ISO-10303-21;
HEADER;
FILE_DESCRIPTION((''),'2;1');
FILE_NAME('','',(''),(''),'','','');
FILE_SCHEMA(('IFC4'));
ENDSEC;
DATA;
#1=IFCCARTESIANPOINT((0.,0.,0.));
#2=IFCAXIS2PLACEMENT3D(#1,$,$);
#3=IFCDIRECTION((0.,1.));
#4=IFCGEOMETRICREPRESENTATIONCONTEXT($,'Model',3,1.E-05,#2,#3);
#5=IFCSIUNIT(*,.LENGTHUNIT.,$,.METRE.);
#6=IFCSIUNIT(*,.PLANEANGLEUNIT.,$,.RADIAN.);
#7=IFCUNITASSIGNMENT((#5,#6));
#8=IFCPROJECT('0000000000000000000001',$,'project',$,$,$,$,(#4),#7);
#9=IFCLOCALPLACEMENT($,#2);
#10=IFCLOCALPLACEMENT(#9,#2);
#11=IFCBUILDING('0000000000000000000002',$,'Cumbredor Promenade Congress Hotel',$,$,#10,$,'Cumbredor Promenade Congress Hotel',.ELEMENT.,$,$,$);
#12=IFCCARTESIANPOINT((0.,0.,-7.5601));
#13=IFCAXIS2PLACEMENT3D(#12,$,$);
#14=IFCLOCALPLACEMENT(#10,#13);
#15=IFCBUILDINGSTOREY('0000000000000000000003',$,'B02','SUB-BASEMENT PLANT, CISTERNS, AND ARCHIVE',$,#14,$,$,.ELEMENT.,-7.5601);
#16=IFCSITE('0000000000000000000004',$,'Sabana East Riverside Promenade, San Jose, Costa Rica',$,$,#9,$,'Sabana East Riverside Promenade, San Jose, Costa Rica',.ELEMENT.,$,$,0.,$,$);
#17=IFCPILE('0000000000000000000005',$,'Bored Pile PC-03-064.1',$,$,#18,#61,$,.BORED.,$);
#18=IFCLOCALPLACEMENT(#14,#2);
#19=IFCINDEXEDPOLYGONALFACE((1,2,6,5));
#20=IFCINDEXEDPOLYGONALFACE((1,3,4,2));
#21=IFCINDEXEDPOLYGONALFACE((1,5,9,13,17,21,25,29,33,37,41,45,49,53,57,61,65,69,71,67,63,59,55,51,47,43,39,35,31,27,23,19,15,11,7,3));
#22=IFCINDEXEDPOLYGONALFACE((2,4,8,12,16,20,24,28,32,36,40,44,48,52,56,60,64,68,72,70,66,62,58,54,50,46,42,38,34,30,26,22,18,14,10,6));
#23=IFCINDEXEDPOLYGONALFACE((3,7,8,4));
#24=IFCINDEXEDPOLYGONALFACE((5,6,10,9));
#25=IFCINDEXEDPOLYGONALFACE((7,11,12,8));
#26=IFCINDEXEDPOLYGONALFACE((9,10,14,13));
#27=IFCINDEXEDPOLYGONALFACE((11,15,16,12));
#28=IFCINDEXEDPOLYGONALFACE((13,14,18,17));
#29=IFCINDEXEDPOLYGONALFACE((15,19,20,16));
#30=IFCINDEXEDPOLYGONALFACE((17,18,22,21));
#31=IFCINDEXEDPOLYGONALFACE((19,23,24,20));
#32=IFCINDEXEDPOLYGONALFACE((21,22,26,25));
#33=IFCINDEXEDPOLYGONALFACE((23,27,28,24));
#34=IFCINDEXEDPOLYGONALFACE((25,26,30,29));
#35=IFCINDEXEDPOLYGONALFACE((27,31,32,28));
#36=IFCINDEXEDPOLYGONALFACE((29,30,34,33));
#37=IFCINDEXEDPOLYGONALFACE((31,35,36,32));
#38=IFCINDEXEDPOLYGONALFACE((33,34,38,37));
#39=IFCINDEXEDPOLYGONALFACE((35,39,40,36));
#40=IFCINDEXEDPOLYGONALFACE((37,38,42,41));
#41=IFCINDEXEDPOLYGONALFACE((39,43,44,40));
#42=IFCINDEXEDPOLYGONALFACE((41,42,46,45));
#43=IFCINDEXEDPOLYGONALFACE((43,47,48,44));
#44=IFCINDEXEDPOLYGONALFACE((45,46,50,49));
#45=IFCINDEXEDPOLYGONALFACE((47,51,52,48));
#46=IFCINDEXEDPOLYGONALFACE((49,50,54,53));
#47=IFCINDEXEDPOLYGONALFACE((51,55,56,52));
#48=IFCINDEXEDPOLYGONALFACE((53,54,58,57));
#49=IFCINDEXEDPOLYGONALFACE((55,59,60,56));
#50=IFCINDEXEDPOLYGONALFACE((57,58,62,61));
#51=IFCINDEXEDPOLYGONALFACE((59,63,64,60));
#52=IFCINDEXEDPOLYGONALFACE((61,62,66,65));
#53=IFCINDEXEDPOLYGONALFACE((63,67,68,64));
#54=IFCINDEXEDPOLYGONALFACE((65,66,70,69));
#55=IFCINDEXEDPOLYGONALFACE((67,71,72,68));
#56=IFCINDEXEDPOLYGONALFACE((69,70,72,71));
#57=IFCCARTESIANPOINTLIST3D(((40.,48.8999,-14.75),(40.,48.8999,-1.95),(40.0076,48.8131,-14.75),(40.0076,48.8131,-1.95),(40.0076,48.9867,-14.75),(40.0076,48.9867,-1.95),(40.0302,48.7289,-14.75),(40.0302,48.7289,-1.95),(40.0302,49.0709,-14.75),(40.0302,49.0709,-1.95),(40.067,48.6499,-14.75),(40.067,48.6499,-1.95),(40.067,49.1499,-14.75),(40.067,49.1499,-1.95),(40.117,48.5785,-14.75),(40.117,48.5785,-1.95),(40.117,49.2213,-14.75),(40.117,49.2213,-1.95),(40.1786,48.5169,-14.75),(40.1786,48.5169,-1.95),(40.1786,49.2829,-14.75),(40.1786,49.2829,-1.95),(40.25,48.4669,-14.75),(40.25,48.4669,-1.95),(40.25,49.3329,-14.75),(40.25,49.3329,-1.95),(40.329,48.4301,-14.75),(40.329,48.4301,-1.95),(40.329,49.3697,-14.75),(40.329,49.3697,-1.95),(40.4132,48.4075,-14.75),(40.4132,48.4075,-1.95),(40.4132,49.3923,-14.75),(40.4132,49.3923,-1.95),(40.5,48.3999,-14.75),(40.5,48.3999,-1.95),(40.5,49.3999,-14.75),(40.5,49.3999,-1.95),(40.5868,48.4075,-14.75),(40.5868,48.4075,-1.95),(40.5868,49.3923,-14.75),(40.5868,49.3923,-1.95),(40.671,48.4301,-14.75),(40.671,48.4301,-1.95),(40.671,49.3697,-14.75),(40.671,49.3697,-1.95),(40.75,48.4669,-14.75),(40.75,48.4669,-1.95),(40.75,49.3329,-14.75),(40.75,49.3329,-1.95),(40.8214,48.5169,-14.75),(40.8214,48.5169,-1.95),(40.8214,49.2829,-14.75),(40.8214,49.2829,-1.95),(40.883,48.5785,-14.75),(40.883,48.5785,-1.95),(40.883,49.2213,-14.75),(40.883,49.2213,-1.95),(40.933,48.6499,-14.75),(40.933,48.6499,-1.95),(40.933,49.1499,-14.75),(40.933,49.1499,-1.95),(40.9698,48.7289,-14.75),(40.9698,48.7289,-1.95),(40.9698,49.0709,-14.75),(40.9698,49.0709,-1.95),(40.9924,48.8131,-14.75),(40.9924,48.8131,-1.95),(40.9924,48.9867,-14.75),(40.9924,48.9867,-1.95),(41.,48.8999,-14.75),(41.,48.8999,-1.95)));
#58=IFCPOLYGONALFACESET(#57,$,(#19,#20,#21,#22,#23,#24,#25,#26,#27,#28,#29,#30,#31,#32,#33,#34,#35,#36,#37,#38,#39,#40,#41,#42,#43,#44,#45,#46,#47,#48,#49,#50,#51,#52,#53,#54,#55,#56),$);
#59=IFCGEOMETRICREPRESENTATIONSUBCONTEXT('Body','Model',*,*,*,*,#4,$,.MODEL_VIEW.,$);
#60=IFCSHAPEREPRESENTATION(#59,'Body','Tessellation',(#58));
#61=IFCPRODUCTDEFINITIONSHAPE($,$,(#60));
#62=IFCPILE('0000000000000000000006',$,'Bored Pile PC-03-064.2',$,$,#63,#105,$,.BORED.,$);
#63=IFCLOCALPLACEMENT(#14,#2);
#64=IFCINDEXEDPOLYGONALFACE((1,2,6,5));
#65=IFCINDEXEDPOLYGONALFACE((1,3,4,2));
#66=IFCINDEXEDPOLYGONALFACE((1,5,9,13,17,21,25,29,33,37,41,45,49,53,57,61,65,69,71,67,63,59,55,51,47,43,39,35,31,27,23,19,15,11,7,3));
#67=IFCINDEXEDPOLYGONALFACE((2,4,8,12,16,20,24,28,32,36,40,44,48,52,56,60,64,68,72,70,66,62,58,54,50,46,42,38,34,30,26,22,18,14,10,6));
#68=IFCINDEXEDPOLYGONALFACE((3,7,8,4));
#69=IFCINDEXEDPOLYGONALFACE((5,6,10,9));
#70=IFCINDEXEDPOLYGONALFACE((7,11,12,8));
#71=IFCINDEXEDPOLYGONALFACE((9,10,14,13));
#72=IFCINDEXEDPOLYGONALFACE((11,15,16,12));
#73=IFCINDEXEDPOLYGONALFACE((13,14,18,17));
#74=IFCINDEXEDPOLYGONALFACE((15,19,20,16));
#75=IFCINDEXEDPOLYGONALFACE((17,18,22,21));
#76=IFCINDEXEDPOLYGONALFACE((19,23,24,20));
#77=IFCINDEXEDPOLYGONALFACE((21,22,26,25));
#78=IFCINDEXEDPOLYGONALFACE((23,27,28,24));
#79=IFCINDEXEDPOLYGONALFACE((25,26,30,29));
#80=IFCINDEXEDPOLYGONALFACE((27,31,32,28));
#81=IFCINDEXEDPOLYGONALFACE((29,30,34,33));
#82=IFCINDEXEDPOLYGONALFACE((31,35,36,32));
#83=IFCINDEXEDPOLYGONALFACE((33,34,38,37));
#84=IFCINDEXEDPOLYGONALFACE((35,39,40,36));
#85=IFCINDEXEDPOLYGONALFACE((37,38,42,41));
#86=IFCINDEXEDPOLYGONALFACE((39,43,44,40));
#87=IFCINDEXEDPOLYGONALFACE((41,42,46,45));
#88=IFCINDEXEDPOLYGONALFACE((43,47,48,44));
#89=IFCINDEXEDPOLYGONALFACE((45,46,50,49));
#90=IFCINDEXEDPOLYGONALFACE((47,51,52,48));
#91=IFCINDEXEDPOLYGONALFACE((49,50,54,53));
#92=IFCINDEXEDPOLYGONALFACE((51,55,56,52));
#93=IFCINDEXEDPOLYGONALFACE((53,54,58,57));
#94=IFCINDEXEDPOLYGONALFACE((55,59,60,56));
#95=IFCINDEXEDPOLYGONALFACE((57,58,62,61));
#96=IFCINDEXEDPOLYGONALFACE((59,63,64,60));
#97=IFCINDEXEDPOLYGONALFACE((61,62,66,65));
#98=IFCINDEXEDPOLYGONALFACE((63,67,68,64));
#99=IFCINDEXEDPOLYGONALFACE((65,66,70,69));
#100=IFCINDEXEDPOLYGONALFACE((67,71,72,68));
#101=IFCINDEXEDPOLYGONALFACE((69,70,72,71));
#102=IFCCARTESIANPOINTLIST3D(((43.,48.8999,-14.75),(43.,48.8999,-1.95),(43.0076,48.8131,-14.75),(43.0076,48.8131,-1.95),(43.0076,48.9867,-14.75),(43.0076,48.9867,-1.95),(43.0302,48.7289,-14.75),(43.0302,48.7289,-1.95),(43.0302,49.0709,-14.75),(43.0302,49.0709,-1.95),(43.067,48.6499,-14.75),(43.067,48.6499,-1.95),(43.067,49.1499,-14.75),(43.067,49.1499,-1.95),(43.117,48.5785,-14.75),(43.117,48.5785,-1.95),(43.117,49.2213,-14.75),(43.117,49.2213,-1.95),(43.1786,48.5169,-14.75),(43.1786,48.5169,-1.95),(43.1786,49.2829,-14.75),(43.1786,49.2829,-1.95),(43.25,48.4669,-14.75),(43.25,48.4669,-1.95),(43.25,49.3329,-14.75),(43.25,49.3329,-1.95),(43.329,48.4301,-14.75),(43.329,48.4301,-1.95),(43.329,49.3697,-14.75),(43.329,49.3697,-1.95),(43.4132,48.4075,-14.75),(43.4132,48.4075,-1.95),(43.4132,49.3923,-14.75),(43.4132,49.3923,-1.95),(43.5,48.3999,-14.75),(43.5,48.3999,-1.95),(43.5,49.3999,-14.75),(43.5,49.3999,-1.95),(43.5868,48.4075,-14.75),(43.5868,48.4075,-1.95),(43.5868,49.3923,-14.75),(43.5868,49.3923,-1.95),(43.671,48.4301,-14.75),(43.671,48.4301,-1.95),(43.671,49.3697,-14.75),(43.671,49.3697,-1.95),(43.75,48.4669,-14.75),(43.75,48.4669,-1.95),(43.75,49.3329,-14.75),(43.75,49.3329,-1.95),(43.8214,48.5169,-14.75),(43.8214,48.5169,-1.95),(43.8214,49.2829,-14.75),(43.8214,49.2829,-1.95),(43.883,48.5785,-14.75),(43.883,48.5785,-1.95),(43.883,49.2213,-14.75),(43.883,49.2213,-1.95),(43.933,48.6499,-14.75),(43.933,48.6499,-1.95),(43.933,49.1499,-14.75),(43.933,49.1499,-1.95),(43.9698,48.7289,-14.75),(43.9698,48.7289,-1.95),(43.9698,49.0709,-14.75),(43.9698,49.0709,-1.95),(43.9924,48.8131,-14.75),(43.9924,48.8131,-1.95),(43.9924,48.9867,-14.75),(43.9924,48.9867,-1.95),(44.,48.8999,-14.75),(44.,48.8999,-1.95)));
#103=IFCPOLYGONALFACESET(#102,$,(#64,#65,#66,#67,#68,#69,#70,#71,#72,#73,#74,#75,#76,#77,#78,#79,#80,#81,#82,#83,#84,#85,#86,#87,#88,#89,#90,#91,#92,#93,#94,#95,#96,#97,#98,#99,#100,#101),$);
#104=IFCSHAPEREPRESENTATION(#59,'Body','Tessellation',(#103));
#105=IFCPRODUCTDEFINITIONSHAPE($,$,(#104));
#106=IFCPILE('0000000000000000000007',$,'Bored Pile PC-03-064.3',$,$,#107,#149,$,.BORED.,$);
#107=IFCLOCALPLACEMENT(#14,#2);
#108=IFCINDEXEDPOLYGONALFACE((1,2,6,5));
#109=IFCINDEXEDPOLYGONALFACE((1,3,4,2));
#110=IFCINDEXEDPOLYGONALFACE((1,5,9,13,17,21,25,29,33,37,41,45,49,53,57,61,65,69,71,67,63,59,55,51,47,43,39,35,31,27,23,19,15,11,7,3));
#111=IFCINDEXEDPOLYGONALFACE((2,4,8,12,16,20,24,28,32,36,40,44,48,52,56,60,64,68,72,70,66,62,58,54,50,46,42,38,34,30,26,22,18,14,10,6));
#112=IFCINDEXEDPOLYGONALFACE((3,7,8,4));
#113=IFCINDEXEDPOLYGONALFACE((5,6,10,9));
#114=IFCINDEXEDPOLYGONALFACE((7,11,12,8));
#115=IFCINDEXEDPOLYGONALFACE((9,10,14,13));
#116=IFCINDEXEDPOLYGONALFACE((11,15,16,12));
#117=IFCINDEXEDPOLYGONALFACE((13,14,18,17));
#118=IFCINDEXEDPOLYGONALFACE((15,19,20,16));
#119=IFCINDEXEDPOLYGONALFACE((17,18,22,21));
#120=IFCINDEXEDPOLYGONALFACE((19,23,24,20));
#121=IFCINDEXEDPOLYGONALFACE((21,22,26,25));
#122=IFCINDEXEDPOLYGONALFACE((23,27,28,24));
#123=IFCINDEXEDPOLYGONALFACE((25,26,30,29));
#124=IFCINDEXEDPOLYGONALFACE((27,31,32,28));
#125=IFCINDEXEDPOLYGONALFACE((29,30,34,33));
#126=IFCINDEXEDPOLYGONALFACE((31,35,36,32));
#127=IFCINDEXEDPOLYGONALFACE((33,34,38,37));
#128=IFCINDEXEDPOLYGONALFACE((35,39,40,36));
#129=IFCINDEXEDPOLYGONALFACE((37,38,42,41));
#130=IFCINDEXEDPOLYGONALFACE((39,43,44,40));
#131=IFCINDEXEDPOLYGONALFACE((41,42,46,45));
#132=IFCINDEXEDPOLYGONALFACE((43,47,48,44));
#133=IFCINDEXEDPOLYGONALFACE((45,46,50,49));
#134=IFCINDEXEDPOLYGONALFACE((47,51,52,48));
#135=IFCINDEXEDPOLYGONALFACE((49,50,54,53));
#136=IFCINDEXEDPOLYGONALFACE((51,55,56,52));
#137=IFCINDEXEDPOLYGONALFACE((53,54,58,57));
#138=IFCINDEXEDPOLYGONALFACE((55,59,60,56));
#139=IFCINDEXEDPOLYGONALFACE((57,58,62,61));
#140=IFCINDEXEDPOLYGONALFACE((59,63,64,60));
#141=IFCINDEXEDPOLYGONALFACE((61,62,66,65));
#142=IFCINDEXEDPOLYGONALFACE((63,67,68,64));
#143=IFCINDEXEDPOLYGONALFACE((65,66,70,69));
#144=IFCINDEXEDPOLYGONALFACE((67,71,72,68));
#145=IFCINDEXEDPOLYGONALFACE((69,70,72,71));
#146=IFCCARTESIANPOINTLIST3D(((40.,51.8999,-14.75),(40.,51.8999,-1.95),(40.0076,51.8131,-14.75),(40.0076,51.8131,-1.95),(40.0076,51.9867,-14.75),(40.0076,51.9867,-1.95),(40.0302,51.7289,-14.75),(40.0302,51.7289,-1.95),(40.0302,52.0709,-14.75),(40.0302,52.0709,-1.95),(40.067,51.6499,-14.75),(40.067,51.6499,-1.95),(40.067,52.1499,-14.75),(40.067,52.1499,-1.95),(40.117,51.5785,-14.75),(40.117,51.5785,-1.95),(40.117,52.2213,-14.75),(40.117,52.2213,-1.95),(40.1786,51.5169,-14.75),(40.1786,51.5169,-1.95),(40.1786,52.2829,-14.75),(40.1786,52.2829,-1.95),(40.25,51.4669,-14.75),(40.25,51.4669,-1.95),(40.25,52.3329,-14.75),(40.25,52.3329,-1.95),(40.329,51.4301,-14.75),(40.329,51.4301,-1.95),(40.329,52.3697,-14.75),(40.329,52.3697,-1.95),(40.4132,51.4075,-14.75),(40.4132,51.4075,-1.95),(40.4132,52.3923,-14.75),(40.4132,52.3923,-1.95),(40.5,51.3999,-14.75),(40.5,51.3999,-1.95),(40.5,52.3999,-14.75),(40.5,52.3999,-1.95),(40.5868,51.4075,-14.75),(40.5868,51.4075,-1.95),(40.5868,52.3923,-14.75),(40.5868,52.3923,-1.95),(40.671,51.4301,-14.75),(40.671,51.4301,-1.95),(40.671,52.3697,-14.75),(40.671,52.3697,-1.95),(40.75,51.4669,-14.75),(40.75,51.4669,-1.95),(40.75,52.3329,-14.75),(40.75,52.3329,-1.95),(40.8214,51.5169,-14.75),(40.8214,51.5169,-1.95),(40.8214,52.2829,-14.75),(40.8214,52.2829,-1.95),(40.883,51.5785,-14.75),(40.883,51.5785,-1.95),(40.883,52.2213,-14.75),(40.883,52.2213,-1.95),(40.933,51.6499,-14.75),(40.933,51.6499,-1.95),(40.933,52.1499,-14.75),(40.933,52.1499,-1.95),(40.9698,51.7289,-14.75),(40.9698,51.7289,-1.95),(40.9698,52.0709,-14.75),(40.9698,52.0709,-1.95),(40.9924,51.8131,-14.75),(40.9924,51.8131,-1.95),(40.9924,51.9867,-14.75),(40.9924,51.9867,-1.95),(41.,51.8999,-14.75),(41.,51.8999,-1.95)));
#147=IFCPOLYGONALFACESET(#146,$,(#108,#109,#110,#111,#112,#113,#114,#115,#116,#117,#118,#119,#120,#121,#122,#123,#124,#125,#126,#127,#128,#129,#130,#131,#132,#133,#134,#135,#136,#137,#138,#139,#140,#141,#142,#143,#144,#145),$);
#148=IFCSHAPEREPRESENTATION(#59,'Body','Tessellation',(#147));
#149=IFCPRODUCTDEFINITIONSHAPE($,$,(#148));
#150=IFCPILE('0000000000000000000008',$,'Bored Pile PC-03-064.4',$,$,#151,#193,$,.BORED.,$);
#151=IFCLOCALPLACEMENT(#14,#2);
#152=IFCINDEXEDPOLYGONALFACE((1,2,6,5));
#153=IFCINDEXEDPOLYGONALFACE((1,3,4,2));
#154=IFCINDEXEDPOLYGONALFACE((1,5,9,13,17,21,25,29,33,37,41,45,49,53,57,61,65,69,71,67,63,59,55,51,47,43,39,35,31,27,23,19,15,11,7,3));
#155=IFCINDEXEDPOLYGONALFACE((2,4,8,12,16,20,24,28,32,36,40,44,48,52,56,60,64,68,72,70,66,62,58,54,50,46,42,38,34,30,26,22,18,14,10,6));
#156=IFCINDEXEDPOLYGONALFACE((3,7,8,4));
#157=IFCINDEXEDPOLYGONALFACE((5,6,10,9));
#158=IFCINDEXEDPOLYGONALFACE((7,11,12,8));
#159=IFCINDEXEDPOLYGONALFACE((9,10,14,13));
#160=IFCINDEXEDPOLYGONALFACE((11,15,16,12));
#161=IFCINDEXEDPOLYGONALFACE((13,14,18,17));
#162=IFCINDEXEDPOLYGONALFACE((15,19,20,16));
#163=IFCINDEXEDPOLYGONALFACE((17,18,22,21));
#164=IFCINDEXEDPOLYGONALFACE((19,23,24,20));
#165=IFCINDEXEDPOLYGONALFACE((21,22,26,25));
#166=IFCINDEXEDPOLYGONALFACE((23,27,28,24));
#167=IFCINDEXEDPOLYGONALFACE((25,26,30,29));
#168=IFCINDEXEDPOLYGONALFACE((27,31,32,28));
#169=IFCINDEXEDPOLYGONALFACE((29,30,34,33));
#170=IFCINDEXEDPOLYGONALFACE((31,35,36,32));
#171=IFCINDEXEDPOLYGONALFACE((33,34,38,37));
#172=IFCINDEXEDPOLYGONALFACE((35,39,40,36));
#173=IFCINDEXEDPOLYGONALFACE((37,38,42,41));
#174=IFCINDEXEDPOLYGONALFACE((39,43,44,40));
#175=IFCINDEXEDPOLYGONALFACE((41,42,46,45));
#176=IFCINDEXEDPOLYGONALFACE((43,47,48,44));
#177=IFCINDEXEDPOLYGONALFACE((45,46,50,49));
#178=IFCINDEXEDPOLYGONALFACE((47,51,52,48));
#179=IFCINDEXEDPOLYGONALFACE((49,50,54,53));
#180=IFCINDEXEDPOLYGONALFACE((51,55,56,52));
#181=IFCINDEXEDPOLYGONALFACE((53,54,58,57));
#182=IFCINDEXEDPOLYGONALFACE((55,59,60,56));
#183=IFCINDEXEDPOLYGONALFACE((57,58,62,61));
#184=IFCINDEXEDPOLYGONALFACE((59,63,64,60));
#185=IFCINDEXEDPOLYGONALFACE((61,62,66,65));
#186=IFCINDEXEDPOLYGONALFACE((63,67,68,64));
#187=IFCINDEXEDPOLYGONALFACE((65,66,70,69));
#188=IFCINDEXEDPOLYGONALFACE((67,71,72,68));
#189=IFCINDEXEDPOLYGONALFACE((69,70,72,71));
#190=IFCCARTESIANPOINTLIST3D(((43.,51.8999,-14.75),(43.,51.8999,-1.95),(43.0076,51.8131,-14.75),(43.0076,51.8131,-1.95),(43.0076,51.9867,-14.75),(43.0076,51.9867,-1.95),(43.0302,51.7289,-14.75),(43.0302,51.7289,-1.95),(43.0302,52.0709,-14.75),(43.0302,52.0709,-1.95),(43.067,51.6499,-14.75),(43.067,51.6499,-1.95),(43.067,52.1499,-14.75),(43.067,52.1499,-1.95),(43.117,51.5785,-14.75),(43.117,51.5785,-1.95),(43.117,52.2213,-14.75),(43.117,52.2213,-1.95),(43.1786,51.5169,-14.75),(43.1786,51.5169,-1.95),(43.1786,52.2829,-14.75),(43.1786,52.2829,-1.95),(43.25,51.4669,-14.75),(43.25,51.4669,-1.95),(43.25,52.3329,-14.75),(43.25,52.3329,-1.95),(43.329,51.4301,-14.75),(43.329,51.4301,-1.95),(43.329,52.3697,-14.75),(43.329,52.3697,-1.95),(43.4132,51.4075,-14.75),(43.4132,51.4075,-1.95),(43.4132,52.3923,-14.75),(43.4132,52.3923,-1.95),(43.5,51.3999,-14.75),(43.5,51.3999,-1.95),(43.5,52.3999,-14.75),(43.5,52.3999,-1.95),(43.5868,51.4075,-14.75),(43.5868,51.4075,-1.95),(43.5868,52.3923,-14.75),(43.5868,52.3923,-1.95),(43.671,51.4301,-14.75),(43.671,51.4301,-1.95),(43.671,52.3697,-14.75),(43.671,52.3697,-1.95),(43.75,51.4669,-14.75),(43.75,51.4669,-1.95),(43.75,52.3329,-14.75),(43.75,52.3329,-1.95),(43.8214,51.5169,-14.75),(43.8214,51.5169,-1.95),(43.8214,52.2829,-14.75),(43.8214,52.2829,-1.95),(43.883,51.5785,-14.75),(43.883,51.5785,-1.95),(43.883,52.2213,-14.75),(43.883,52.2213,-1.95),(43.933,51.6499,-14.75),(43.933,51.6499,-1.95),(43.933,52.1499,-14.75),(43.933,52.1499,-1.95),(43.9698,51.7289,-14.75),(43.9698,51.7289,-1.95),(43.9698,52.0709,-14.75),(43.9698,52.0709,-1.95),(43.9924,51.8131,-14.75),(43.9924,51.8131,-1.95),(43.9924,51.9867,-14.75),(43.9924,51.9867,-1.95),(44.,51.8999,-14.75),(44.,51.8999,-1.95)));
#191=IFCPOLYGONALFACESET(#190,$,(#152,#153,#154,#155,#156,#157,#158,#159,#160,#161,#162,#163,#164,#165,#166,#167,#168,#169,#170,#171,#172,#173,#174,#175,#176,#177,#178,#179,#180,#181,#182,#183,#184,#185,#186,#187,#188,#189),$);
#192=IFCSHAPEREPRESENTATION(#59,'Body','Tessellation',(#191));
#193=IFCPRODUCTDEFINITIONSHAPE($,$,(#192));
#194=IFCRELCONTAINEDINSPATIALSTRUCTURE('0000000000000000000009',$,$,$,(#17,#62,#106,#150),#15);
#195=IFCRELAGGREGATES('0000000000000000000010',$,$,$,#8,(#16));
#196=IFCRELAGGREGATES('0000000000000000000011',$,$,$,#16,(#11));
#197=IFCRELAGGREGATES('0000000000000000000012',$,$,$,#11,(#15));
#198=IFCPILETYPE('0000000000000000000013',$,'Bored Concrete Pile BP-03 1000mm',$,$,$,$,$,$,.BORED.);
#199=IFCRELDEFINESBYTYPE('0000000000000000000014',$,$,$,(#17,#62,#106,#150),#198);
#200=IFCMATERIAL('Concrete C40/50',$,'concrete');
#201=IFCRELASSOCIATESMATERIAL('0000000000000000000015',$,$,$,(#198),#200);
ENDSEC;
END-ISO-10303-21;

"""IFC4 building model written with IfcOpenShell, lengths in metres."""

from ifc_helpers import new_model, si_unit, direction, frame, origin, origin_2d, place, context, subcontext, project, spatial, circle, extrude, material, material_profile, profile_set, type_object, element, save


model = new_model("IFC4")

# Units and contexts
model_context = context("Model", 3, precision=1e-05, world=origin(), true_north=direction((0.0, 1.0)))
body_context = subcontext(model_context, "Body", "Model", "MODEL_VIEW")
ifc_project = project(units=[si_unit("LENGTHUNIT", "METRE"), si_unit("PLANEANGLEUNIT", "RADIAN")], contexts=[model_context])

# Site, building, storey
site_placement = place(None, origin())
site = spatial("IfcSite", under=ifc_project, at=site_placement, Name="Sabana East Riverside Promenade, San Jose, Costa Rica", LongName="Sabana East Riverside Promenade, San Jose, Costa Rica", CompositionType="ELEMENT", RefElevation=0.0)
building_placement = place(site_placement, origin())
building = spatial("IfcBuilding", under=site, at=building_placement, Name="Cumbredor Promenade Congress Hotel", LongName="Cumbredor Promenade Congress Hotel", CompositionType="ELEMENT")
storey_placement = place(building_placement, frame((0.0, 0.0, -7.5601)))
storey = spatial("IfcBuildingStorey", under=building, at=storey_placement, Name="B02", Description="SUB-BASEMENT PLANT, CISTERNS, AND ARCHIVE", CompositionType="ELEMENT", Elevation=-7.5601)

# Piles
ifc_material_1 = material(Name="Concrete C40/50", Category="concrete")
ifc_material_profile_1 = material_profile(ifc_material_1, circle(Radius=0.5, at=origin_2d()), Name="PILE D1000")
ifc_profile_set_1 = profile_set([ifc_material_profile_1], Name="Concrete C40/50")
pile_type = type_object("IfcPileType", Name="Bored Concrete Pile BP-03 1000mm", PredefinedType="BORED", material=ifc_profile_set_1)
for number, where, z_axis, x_axis, name in (
    (1, (40.5, 48.8999, -1.95), (0.0, 0.0, -1.0), (1.0, 0.0, 0.0), "Bored Pile PC-03-064.1"),
    (2, (43.5, 48.8999, -1.95), (0.0, 0.0, -1.0), (1.0, 0.0, 0.0), "Bored Pile PC-03-064.2"),
    (3, (40.5, 51.8999, -1.95), (0.0, 0.0, -1.0), (1.0, 0.0, 0.0), "Bored Pile PC-03-064.3"),
    (4, (43.5, 51.8999, -1.95), (0.0, 0.0, -1.0), (1.0, 0.0, 0.0), "Bored Pile PC-03-064.4"),
):
    element("IfcPile", number, at=place(storey_placement, frame(where, z_axis=z_axis, x_axis=x_axis)), inside=storey, type_object=pile_type, Name=name, PredefinedType="BORED", context=body_context, shape_type="SweptSolid", body=[
        extrude(circle(Radius=0.5, at=origin_2d()), origin(), (0.0, 0.0, 1.0), 12.8),
    ])

save(model, "model.ifc")
